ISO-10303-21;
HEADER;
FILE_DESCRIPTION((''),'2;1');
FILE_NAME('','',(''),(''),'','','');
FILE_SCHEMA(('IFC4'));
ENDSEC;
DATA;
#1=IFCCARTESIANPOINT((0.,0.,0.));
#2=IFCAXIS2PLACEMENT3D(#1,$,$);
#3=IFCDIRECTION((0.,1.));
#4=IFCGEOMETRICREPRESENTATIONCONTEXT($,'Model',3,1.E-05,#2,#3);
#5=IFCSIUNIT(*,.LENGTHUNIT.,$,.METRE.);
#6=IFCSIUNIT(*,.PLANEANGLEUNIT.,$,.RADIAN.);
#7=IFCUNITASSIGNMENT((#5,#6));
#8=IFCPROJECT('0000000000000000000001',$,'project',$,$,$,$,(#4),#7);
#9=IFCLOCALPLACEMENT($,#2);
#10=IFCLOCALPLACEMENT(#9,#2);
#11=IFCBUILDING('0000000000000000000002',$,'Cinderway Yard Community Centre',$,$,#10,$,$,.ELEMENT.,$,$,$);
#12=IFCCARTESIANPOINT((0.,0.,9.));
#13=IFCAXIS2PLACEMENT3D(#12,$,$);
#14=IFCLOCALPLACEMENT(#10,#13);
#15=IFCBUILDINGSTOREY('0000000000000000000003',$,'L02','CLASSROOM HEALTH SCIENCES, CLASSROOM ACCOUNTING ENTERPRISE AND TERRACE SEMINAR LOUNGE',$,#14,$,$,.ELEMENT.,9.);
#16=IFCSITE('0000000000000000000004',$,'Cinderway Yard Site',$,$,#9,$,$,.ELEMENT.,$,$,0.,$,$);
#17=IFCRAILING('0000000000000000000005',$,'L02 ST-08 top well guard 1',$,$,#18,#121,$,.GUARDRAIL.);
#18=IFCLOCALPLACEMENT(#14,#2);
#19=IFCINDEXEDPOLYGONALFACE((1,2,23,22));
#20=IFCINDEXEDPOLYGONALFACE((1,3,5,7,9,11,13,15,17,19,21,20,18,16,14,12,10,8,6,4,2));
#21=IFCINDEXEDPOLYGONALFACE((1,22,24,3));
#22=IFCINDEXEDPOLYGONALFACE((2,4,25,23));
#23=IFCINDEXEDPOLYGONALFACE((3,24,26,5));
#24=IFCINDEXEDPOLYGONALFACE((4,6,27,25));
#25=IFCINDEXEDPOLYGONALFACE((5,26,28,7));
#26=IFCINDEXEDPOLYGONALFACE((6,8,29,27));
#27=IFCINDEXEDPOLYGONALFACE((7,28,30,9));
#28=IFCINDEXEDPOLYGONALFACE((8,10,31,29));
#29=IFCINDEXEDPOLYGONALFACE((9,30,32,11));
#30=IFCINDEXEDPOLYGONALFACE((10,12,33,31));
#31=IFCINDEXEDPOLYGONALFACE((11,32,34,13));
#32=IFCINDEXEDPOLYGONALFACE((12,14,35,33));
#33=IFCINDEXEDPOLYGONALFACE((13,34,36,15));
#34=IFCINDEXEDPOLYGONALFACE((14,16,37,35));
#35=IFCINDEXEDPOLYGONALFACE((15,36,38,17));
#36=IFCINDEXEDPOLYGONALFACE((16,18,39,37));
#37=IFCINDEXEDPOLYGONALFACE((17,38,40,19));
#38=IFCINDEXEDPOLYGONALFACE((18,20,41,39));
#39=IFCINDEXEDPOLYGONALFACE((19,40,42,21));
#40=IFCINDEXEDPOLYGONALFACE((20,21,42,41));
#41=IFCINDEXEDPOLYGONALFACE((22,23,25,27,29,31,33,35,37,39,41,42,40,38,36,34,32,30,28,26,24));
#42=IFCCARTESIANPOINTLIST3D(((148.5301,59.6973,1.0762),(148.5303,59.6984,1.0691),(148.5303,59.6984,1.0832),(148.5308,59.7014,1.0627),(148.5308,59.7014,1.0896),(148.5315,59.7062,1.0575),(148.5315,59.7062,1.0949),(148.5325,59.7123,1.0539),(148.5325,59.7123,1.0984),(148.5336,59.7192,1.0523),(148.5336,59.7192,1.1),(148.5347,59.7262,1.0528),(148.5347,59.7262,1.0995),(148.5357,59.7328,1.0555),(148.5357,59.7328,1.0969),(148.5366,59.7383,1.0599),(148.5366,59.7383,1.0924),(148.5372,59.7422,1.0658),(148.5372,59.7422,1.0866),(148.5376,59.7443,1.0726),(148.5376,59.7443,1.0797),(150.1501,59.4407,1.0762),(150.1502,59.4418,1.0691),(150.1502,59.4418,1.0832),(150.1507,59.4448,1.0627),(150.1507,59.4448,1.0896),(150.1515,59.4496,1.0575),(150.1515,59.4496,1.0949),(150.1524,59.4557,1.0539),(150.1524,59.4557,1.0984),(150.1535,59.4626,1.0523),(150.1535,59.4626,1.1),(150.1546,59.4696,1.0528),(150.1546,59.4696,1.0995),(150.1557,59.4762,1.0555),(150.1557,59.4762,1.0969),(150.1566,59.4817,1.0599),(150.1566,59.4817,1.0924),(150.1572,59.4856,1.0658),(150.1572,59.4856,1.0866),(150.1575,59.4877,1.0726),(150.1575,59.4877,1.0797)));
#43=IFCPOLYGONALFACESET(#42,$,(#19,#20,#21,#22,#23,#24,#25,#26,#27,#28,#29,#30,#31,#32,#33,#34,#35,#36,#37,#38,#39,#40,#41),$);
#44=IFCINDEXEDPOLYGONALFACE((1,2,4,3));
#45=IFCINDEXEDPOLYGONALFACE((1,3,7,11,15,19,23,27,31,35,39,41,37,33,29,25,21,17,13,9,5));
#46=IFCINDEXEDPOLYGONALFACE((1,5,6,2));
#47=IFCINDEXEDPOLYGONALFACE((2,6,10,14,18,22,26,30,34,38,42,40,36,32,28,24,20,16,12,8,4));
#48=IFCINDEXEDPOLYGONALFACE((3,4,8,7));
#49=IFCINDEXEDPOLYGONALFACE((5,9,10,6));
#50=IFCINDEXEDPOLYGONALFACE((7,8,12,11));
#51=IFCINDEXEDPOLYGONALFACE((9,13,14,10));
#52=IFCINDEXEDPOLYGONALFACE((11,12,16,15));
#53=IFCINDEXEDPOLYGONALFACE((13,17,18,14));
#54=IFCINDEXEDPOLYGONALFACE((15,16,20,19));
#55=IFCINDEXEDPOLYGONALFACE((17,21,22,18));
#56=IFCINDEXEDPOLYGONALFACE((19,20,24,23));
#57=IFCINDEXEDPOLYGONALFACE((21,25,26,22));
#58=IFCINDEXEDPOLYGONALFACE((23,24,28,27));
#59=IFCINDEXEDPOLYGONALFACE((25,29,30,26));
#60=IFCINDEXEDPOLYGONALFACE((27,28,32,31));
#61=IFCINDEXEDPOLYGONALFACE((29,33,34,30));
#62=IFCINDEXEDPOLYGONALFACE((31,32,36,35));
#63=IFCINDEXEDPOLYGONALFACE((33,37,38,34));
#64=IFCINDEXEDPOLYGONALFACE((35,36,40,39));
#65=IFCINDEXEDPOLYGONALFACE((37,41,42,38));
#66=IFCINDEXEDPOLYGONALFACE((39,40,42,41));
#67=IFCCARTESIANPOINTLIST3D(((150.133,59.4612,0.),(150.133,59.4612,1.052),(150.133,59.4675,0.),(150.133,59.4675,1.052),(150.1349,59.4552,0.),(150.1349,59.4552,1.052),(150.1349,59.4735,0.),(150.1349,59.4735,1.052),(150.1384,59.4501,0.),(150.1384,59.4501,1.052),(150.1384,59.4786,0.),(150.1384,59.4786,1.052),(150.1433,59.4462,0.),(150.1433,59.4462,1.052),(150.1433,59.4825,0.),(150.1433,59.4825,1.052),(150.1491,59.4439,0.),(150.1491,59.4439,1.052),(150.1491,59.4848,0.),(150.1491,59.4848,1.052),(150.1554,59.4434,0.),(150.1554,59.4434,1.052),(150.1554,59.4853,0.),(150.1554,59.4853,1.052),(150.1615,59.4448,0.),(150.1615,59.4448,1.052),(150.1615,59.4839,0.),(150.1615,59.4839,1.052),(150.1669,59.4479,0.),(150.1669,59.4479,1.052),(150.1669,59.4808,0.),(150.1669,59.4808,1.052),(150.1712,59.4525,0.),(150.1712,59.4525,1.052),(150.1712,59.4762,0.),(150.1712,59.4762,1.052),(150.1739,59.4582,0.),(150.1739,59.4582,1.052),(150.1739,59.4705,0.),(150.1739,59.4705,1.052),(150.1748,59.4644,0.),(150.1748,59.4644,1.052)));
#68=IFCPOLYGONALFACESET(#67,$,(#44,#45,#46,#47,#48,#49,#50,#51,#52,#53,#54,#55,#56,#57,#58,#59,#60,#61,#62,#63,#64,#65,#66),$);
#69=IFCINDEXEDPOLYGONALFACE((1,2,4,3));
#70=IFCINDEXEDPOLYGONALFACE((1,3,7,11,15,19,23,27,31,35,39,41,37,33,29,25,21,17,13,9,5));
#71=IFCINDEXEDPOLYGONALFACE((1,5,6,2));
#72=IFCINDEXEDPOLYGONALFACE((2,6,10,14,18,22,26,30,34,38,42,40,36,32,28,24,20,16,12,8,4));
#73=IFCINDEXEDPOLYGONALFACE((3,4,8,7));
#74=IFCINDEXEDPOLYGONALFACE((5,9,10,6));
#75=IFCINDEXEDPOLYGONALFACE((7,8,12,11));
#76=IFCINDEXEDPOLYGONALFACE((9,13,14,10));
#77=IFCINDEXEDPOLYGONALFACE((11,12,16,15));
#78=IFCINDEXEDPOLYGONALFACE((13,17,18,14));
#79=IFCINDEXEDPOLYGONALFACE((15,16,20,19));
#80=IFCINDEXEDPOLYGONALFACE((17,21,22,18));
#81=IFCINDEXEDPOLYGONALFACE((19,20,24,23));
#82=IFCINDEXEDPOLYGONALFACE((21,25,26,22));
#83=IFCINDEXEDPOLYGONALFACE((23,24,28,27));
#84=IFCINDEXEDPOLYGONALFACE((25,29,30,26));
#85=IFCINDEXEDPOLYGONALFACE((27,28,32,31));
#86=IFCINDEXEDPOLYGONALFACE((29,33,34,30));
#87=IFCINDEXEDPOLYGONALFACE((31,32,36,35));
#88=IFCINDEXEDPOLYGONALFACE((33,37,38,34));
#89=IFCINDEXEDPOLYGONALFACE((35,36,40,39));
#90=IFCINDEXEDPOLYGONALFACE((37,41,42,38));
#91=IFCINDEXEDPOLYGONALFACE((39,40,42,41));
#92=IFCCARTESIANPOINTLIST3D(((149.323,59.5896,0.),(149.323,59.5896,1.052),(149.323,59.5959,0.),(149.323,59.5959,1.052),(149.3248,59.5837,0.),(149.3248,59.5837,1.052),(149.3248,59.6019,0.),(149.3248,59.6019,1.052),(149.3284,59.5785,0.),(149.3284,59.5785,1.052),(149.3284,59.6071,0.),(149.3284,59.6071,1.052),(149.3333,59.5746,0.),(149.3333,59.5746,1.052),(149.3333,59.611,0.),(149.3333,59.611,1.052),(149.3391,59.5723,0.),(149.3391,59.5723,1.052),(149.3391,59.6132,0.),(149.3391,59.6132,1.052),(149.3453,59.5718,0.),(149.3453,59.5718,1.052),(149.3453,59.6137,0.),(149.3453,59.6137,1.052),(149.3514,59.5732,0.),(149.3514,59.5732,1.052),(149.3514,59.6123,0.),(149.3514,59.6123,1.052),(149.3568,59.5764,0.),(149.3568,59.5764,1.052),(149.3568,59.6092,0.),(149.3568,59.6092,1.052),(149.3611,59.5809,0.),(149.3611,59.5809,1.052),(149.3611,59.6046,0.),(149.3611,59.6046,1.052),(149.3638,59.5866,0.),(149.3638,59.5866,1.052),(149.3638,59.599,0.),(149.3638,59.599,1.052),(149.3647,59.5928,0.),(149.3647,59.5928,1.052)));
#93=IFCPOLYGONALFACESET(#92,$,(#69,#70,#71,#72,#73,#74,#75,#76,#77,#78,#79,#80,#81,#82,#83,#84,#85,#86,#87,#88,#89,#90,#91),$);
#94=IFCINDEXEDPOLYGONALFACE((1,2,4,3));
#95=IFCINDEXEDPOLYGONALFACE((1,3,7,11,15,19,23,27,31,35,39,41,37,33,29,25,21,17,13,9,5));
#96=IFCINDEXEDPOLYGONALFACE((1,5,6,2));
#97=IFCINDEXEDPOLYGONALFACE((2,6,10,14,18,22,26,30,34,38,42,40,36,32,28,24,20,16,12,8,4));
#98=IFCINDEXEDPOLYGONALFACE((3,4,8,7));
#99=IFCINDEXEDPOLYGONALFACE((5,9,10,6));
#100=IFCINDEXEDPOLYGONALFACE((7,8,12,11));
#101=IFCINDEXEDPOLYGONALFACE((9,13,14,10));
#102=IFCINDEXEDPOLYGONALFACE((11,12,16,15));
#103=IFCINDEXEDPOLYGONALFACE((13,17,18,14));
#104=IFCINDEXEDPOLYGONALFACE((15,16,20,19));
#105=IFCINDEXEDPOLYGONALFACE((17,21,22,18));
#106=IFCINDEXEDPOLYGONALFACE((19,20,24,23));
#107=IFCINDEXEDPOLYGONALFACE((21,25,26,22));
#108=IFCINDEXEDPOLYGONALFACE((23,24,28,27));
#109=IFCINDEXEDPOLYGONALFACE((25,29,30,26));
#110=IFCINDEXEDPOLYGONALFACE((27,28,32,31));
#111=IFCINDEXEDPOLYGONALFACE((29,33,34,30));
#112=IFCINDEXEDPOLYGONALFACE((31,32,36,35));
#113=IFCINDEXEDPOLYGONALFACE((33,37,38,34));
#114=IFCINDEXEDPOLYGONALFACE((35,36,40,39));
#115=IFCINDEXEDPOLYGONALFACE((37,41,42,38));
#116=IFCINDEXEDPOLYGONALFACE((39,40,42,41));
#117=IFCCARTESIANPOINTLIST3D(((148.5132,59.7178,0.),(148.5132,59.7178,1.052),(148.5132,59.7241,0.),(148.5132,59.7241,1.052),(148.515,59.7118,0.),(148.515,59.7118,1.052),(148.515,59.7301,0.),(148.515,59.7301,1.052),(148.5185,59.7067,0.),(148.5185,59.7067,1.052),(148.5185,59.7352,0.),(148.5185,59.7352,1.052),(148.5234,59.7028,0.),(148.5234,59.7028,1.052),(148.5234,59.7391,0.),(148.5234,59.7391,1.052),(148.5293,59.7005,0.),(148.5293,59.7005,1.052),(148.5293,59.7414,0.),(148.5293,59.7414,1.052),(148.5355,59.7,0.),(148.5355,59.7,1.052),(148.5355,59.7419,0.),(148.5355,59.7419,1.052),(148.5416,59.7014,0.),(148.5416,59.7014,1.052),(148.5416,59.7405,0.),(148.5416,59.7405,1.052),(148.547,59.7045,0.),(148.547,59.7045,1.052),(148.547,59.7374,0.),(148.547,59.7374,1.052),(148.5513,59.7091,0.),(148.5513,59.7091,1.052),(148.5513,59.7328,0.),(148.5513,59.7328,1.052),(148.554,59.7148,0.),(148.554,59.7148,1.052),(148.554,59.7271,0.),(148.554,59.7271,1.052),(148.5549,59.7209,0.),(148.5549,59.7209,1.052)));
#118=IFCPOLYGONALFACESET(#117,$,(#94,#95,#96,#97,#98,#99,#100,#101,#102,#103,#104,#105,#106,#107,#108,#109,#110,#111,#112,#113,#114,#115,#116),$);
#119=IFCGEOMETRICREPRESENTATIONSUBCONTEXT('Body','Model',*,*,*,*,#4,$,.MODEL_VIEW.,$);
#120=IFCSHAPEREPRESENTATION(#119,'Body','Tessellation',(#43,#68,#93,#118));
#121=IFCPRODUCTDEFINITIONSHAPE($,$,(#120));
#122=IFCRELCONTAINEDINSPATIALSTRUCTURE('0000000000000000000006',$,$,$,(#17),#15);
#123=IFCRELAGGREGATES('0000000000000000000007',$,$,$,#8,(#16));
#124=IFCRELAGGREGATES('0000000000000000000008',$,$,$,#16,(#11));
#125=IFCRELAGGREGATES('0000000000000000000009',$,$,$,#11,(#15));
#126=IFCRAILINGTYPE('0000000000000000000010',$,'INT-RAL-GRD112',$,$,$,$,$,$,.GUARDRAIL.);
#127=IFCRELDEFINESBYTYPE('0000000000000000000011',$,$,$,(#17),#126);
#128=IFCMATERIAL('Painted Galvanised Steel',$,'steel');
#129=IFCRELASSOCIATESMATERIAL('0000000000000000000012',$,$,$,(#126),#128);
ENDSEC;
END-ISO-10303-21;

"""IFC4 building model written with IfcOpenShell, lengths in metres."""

from ifc_helpers import new_model, si_unit, direction, frame, origin, origin_2d, place, context, subcontext, project, spatial, circle, extrude, material, type_object, element, save


model = new_model("IFC4")

# Units and contexts
model_context = context("Model", 3, precision=1e-05, world=origin(), true_north=direction((0.0, 1.0)))
body_context = subcontext(model_context, "Body", "Model", "MODEL_VIEW")
ifc_project = project(units=[si_unit("LENGTHUNIT", "METRE"), si_unit("PLANEANGLEUNIT", "RADIAN")], contexts=[model_context])

# Site, building, storey
site_placement = place(None, origin())
site = spatial("IfcSite", under=ifc_project, at=site_placement, Name="Cinderway Yard Site", CompositionType="ELEMENT", RefElevation=0.0)
building_placement = place(site_placement, origin())
building = spatial("IfcBuilding", under=site, at=building_placement, Name="Cinderway Yard Community Centre", CompositionType="ELEMENT")
storey_placement = place(building_placement, frame((0.0, 0.0, 9.0)))
storey = spatial("IfcBuildingStorey", under=building, at=storey_placement, Name="L02", Description="CLASSROOM HEALTH SCIENCES, CLASSROOM ACCOUNTING ENTERPRISE AND TERRACE SEMINAR LOUNGE", CompositionType="ELEMENT", Elevation=9.0)

# Shared definitions
ifc_material_1 = material(Name="Painted Galvanised Steel", Category="steel")

# Railing
railing_type_1 = type_object("IfcRailingType", Name="INT-RAL-GRD112", PredefinedType="GUARDRAIL", material=ifc_material_1)
railing_1_placement = place(storey_placement, frame((150.1538, 59.4644, 0.0)))
element("IfcRailing", 1, at=railing_1_placement, inside=storey, type_object=railing_type_1, Name="L02 ST-08 top well guard 1", PredefinedType="GUARDRAIL", context=body_context, shape_type="SweptSolid", body=[
    extrude(circle(Radius=0.0239, at=origin_2d()), frame((0.0, 0.0, 1.0762), z_axis=(-0.987686, 0.156452, 0.0), x_axis=(-0.156452, -0.987686, 0.0)), (0.0, 0.0, 1.0), 1.6401),
    extrude(circle(Radius=0.021, at=origin_2d()), origin(), (0.0, 0.0, 1.0), 1.052),
    extrude(circle(Radius=0.021, at=origin_2d()), frame((-0.8101, 0.1284, 0.0)), (0.0, 0.0, 1.0), 1.052),
    extrude(circle(Radius=0.021, at=origin_2d()), frame((-1.6199, 0.2566, 0.0)), (0.0, 0.0, 1.0), 1.052),
])

save(model, "model.ifc")
